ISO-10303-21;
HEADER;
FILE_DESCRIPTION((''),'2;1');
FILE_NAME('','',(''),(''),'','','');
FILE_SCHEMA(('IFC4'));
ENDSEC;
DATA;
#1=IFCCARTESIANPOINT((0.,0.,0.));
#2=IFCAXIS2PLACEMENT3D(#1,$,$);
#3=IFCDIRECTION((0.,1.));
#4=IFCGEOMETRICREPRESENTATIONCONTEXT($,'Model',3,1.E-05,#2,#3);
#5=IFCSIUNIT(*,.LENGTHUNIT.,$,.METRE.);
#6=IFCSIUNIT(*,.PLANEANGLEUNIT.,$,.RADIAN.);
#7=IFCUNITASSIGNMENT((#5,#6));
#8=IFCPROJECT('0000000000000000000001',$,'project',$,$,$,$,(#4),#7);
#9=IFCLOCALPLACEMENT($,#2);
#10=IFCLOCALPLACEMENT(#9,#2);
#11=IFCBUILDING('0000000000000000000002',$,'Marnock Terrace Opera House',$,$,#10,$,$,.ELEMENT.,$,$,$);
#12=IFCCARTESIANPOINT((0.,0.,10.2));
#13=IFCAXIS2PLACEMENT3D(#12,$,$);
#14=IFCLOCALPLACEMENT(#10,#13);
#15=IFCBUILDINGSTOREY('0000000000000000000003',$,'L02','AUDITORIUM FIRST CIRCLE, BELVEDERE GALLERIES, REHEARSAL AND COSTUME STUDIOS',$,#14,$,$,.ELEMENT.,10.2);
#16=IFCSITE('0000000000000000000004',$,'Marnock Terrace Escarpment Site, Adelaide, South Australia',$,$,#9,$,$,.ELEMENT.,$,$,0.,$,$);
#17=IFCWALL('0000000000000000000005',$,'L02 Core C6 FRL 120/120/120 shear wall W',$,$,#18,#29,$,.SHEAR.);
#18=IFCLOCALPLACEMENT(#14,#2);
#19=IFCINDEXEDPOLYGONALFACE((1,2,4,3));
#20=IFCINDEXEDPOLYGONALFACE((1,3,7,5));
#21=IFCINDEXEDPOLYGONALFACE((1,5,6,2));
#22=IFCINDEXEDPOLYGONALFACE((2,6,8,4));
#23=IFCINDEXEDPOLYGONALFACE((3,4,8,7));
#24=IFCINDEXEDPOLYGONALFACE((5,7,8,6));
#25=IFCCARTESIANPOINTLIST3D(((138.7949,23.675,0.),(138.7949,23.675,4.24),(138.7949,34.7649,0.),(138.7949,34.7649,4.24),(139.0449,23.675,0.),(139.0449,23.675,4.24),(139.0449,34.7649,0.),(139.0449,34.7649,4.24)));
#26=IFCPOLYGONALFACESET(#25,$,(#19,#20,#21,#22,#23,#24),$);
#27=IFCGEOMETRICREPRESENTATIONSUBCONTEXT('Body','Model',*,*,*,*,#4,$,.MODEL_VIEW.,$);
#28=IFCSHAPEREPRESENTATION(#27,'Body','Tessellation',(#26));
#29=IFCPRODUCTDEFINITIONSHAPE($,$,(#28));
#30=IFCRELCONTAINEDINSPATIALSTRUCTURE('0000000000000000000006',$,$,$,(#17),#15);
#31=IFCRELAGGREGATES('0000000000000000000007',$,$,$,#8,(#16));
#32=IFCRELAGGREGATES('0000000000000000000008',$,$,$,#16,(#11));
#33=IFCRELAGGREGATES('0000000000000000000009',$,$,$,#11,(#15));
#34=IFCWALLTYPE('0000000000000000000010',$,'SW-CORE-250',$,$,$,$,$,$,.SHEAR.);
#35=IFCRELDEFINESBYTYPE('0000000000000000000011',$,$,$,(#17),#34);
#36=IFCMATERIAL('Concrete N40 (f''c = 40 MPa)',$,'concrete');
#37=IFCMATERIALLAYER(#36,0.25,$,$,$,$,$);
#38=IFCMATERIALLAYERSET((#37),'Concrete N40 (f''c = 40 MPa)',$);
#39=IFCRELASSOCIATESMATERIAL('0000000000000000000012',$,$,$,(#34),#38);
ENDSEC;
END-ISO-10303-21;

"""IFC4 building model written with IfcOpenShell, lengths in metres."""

from ifc_helpers import new_model, si_unit, direction, frame, frame_2d, origin, place, context, subcontext, project, spatial, rectangle, extrude, material, layer, layer_set, type_object, element, save


model = new_model("IFC4")

# Units and contexts
model_context = context("Model", 3, precision=1e-05, world=origin(), true_north=direction((0.0, 1.0)))
body_context = subcontext(model_context, "Body", "Model", "MODEL_VIEW")
ifc_project = project(units=[si_unit("LENGTHUNIT", "METRE"), si_unit("PLANEANGLEUNIT", "RADIAN")], contexts=[model_context])

# Site, building, storey
site_placement = place(None, origin())
site = spatial("IfcSite", under=ifc_project, at=site_placement, Name="Marnock Terrace Escarpment Site, Adelaide, South Australia", CompositionType="ELEMENT", RefElevation=0.0)
building_placement = place(site_placement, origin())
building = spatial("IfcBuilding", under=site, at=building_placement, Name="Marnock Terrace Opera House", CompositionType="ELEMENT")
storey_placement = place(building_placement, frame((0.0, 0.0, 10.2)))
storey = spatial("IfcBuildingStorey", under=building, at=storey_placement, Name="L02", Description="AUDITORIUM FIRST CIRCLE, BELVEDERE GALLERIES, REHEARSAL AND COSTUME STUDIOS", CompositionType="ELEMENT", Elevation=10.2)

# Shared definitions
ifc_material_1 = material(Name="Concrete N40 (f'c = 40 MPa)", Category="concrete")

# Wall
ifc_layer_1 = layer(ifc_material_1, 0.25)
ifc_layer_set_1 = layer_set([ifc_layer_1], Name="Concrete N40 (f'c = 40 MPa)")
wall_type_1 = type_object("IfcWallType", Name="SW-CORE-250", PredefinedType="SHEAR", material=ifc_layer_set_1)
wall_1_placement = place(storey_placement, frame((138.9199, 23.675, 0.0), z_axis=(0.0, 0.0, 1.0), x_axis=(0.0, 1.0, 0.0)))
element("IfcWall", 1, at=wall_1_placement, inside=storey, type_object=wall_type_1, Name="L02 Core C6 FRL 120/120/120 shear wall W", PredefinedType="SHEAR", context=body_context, shape_type="SweptSolid", body=[
    extrude(rectangle(XDim=11.0898, YDim=0.25, at=frame_2d((5.5449, 0.0))), origin(), (0.0, 0.0, 1.0), 4.24),
])

save(model, "model.ifc")
